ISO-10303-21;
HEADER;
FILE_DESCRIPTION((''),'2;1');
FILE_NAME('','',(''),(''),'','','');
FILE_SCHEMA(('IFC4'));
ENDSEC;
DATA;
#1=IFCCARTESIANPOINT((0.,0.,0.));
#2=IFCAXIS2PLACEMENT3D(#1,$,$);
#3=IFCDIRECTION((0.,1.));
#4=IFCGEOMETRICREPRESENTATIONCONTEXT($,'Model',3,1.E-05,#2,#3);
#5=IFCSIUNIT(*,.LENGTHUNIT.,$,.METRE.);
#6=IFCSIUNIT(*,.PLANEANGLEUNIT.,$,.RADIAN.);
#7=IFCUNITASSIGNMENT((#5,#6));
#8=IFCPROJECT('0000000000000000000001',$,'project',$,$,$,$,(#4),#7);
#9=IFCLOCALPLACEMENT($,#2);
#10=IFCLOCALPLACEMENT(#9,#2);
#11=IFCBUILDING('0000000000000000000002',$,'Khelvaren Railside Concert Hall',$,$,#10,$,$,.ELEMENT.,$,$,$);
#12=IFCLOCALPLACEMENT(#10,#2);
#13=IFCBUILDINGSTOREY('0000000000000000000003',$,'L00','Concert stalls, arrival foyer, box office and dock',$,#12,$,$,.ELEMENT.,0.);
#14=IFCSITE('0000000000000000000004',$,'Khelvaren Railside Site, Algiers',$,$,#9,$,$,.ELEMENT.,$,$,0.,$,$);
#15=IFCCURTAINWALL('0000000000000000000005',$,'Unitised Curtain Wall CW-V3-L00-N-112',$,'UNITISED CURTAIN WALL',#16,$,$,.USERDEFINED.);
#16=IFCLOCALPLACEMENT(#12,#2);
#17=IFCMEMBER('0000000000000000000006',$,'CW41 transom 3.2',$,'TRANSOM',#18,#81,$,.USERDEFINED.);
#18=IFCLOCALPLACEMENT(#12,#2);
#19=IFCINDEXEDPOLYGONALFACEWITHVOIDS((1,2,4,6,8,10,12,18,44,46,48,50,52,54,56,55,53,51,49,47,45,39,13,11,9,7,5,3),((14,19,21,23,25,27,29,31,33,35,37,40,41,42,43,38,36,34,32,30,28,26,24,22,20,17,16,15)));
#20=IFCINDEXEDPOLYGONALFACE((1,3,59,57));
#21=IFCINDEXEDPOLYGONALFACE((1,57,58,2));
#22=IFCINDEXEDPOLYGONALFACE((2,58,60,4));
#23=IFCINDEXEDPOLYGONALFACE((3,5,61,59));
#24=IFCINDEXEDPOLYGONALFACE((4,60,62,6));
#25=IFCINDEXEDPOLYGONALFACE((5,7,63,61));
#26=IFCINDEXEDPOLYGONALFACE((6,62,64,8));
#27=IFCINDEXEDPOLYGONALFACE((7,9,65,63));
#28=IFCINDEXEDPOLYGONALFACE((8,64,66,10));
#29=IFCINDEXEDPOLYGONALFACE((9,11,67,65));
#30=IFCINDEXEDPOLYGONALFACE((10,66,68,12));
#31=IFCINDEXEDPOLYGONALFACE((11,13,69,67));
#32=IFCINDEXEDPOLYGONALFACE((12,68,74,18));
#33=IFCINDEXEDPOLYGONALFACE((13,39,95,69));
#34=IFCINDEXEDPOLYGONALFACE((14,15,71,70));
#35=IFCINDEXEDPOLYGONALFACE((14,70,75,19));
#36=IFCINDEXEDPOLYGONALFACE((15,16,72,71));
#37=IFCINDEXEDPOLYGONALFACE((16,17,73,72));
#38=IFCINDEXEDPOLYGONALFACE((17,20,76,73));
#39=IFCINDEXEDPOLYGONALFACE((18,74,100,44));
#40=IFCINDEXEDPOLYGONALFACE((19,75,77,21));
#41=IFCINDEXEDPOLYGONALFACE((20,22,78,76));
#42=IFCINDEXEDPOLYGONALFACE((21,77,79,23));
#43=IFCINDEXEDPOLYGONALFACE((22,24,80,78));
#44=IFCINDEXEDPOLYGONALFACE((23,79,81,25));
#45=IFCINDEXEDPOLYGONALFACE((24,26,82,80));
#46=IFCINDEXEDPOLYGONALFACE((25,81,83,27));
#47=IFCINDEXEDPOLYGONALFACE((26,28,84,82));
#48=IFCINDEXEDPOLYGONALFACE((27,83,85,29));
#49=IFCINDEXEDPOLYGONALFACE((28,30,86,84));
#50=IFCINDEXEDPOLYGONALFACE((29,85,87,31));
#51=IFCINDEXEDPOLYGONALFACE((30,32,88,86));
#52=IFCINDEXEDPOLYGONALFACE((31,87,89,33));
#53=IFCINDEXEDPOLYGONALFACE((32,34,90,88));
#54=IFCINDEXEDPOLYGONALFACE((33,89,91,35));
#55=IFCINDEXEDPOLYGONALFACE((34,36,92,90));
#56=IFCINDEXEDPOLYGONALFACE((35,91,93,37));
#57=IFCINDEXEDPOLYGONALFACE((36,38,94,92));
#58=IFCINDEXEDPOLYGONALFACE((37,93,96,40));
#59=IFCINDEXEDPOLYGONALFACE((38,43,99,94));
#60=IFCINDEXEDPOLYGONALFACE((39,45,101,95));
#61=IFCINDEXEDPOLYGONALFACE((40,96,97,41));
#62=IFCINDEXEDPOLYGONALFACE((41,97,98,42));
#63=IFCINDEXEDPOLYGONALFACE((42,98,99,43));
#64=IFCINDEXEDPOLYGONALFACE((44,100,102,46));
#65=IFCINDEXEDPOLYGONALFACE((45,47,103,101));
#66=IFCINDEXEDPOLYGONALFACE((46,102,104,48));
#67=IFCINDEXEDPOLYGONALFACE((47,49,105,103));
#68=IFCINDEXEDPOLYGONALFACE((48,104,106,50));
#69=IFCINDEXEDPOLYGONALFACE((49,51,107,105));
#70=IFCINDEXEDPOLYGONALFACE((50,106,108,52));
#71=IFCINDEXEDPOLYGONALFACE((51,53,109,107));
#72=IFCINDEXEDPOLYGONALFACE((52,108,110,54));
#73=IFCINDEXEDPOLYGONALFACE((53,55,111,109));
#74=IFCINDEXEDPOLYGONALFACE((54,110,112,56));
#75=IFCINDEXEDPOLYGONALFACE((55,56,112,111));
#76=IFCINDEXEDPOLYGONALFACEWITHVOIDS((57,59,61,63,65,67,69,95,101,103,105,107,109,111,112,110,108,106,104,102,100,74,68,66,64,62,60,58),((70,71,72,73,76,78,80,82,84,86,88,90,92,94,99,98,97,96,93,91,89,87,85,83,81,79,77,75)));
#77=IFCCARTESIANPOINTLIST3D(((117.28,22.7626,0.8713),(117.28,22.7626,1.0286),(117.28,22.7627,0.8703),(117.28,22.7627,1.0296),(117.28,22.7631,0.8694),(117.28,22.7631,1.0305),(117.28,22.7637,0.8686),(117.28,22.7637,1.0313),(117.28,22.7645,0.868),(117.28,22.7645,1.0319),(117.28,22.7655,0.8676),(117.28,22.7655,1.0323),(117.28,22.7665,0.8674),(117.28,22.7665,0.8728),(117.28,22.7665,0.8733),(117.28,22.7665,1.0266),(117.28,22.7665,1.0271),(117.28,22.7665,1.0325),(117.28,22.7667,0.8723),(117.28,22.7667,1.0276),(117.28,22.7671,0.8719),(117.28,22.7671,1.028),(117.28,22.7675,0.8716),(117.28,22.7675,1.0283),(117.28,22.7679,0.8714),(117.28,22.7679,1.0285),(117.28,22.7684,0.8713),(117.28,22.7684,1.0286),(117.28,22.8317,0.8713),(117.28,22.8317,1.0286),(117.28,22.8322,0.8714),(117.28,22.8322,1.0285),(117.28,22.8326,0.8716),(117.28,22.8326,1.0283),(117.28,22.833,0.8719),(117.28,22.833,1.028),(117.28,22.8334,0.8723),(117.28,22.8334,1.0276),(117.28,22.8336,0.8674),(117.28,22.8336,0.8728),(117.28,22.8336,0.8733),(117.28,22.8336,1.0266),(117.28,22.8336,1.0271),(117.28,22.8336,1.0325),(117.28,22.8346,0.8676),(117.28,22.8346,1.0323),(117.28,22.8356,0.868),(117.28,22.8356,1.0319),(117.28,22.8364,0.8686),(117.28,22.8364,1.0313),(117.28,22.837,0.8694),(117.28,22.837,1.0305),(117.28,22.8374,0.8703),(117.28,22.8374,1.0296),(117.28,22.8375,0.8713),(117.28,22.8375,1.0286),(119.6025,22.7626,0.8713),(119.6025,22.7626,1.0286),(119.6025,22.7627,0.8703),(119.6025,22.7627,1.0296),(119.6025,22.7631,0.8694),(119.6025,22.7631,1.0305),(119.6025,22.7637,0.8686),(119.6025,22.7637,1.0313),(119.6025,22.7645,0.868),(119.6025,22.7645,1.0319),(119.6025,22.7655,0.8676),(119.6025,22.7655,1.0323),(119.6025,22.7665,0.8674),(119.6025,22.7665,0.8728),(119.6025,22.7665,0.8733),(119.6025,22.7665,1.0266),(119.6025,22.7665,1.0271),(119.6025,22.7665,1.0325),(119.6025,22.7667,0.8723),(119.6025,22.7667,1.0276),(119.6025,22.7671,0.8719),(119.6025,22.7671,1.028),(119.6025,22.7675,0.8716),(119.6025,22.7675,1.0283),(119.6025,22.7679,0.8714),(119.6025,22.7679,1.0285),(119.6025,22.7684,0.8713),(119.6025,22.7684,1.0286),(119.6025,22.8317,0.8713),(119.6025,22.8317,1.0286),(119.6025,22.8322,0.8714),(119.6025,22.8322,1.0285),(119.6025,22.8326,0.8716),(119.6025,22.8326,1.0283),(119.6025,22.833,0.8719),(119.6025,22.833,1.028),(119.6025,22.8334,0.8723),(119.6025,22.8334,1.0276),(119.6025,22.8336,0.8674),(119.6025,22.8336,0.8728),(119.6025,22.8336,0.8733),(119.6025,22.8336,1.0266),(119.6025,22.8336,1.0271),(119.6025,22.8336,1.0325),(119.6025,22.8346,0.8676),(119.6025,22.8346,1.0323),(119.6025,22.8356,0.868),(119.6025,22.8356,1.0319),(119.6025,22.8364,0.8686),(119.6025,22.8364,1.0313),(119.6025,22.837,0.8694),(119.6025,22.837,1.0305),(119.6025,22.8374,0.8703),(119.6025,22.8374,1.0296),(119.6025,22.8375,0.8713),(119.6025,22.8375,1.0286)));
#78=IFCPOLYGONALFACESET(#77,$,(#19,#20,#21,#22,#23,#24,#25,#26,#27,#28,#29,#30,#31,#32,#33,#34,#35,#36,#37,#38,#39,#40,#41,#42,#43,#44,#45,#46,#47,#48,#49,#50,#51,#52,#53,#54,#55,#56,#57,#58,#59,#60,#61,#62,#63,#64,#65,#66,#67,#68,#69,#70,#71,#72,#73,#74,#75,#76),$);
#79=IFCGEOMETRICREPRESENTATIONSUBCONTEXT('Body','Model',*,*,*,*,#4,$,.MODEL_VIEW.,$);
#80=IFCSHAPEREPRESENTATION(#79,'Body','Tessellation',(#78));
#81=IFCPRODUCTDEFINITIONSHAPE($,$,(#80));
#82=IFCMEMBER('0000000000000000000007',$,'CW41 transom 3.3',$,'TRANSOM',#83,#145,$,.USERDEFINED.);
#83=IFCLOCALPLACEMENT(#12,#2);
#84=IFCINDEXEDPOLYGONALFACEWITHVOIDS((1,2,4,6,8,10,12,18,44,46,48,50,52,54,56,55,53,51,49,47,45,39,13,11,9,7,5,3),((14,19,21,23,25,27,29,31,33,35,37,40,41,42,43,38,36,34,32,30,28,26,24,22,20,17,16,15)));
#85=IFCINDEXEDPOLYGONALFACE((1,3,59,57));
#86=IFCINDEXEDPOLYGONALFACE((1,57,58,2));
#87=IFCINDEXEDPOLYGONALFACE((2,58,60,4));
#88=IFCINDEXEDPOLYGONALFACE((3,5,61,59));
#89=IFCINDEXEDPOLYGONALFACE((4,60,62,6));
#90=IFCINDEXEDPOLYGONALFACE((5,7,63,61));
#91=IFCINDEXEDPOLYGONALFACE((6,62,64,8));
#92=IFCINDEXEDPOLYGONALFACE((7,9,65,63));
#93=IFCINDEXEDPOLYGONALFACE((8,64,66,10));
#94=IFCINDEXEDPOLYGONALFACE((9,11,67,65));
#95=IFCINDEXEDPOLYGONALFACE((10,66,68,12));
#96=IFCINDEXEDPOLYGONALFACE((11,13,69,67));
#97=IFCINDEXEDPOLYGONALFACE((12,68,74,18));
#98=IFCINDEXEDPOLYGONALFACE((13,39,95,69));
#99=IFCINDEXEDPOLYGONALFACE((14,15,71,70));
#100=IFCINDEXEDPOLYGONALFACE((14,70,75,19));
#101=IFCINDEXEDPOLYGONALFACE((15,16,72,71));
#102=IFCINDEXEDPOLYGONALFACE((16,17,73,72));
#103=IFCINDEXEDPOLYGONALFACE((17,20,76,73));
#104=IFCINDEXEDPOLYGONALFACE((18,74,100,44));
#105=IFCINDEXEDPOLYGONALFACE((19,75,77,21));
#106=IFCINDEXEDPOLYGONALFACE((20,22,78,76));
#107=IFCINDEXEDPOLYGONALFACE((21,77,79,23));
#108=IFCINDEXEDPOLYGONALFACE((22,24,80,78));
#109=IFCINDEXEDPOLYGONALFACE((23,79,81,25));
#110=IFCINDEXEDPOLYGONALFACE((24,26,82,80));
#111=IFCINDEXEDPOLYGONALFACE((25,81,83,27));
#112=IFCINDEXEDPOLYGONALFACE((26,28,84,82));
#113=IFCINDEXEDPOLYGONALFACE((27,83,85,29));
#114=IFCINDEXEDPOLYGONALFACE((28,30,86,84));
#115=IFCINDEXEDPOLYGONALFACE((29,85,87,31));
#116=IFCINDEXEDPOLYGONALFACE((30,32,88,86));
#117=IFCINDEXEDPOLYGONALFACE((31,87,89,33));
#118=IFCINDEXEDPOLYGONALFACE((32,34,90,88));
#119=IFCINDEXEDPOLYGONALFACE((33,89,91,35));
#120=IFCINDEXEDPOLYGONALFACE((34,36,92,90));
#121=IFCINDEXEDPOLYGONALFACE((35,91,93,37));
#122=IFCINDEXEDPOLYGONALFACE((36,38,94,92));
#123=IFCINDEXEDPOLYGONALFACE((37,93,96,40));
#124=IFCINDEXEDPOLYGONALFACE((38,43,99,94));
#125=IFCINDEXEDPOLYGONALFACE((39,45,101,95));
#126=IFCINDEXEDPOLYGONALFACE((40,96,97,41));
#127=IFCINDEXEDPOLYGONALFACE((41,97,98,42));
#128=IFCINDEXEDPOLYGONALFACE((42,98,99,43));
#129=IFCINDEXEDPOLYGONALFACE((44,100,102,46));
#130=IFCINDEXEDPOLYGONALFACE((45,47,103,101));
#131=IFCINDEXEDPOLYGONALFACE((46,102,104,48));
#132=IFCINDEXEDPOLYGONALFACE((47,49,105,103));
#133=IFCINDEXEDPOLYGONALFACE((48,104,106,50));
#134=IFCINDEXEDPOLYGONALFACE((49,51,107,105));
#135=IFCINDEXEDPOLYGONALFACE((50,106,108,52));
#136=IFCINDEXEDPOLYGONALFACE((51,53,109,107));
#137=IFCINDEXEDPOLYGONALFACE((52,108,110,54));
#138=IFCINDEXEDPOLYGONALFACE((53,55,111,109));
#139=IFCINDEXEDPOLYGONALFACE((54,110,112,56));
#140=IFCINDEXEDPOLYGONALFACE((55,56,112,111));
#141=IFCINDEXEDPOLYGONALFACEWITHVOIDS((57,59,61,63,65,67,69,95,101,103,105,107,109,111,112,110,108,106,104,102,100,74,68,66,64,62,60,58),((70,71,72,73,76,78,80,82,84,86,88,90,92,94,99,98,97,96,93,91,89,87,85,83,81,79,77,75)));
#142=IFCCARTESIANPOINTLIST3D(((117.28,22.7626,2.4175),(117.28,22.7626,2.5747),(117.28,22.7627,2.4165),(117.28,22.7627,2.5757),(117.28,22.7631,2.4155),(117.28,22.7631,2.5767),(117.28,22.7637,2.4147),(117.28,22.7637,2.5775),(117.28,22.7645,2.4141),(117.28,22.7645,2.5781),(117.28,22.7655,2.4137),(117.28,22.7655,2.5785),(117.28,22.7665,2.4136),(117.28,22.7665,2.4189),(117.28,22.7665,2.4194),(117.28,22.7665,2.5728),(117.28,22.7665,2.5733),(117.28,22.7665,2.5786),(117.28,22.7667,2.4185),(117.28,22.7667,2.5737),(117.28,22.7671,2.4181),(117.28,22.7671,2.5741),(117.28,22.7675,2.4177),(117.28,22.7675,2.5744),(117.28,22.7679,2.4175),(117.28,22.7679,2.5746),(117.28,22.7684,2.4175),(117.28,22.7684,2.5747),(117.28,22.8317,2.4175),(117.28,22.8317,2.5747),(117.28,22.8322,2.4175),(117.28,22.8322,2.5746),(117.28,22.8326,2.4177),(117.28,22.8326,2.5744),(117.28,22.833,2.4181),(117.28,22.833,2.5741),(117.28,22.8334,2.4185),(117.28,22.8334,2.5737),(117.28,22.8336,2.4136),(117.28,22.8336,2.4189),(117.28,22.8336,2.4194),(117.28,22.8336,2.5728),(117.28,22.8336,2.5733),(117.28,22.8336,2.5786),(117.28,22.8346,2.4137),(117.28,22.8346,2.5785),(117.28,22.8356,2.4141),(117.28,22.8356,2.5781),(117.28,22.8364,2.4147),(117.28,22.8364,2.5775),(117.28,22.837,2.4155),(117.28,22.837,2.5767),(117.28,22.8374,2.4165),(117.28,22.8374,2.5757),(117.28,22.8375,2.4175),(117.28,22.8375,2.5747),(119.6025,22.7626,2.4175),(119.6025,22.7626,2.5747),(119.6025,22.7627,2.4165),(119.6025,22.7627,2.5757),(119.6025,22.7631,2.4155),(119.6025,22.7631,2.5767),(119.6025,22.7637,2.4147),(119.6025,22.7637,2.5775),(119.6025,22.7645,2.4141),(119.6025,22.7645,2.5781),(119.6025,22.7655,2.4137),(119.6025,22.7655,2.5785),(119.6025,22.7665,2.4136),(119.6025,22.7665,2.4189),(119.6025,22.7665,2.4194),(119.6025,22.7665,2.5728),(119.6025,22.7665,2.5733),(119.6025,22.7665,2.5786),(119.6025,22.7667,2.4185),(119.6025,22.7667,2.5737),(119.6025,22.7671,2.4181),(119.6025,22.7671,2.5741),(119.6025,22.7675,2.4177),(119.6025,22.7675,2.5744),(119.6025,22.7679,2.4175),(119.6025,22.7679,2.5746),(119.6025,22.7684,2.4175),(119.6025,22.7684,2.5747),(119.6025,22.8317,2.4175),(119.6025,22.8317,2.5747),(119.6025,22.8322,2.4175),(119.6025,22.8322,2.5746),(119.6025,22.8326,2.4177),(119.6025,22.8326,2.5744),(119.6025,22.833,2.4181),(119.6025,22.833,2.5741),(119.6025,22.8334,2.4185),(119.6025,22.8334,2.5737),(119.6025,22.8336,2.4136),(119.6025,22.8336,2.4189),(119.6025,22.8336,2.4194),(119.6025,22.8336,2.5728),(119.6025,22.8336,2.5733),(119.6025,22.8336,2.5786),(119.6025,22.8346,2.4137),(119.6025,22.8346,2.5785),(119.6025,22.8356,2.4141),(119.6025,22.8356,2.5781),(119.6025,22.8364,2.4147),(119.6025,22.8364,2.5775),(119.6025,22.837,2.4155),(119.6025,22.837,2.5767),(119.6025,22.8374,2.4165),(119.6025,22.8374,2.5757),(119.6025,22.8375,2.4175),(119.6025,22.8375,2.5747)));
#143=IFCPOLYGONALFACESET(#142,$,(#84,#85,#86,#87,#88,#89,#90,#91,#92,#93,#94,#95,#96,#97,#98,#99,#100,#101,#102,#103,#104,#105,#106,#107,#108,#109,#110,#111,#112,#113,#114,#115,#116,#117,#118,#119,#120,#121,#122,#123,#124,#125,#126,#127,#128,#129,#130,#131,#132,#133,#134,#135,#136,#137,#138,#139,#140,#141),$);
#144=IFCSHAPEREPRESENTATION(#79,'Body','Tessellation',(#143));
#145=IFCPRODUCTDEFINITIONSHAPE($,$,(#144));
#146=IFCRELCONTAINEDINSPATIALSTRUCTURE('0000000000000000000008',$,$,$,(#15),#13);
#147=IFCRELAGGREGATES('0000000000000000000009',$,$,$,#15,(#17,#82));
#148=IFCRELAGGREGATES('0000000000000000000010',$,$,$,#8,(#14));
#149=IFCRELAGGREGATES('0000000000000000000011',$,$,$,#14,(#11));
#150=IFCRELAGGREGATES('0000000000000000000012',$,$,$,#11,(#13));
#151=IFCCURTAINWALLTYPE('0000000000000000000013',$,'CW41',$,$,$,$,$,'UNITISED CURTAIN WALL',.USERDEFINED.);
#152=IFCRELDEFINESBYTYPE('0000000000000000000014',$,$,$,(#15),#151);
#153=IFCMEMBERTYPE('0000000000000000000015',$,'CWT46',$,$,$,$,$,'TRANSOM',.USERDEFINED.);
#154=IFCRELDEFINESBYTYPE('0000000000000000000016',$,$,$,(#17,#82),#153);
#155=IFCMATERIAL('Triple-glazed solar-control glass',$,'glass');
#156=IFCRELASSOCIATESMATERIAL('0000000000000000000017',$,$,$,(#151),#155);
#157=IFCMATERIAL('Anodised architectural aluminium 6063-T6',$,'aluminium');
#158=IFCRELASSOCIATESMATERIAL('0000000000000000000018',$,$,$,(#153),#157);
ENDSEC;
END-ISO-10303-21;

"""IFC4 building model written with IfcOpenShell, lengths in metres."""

from ifc_helpers import new_model, si_unit, direction, frame, origin, origin_2d, place, context, subcontext, project, spatial, hollow_rectangle, extrude, material, material_profile, profile_set, type_object, element, aggregate, save


model = new_model("IFC4")

# Units and contexts
model_context = context("Model", 3, precision=1e-05, world=origin(), true_north=direction((0.0, 1.0)))
body_context = subcontext(model_context, "Body", "Model", "MODEL_VIEW")
ifc_project = project(units=[si_unit("LENGTHUNIT", "METRE"), si_unit("PLANEANGLEUNIT", "RADIAN")], contexts=[model_context])

# Site, building, storey
site_placement = place(None, origin())
site = spatial("IfcSite", under=ifc_project, at=site_placement, Name="Khelvaren Railside Site, Algiers", CompositionType="ELEMENT", RefElevation=0.0)
building_placement = place(site_placement, origin())
building = spatial("IfcBuilding", under=site, at=building_placement, Name="Khelvaren Railside Concert Hall", CompositionType="ELEMENT")
storey_placement = place(building_placement, origin())
storey = spatial("IfcBuildingStorey", under=building, at=storey_placement, Name="L00", Description="Concert stalls, arrival foyer, box office and dock", CompositionType="ELEMENT", Elevation=0.0)

# Curtain wall
ifc_material_1 = material(Name="Triple-glazed solar-control glass", Category="glass")
curtain_wall_type_1 = type_object("IfcCurtainWallType", Name="CW41", ElementType="UNITISED CURTAIN WALL", PredefinedType="USERDEFINED", material=ifc_material_1)
curtain_wall_1_placement = place(storey_placement, origin())
curtain_wall_1 = element("IfcCurtainWall", 1, at=curtain_wall_1_placement, inside=storey, type_object=curtain_wall_type_1, Name="Unitised Curtain Wall CW-V3-L00-N-112", ObjectType="UNITISED CURTAIN WALL", PredefinedType="USERDEFINED")
ifc_material_2 = material(Name="Anodised architectural aluminium 6063-T6", Category="aluminium")

# Members
ifc_material_profile_1 = material_profile(ifc_material_2, hollow_rectangle(XDim=0.075, YDim=0.165, WallThickness=0.0039, InnerFilletRadius=0.002, OuterFilletRadius=0.0039, at=origin_2d()), Name="CWT 75x165x4")
ifc_profile_set_1 = profile_set([ifc_material_profile_1], Name="Anodised architectural aluminium 6063-T6")
member_type_1 = type_object("IfcMemberType", Name="CWT46", ElementType="TRANSOM", PredefinedType="USERDEFINED", material=ifc_profile_set_1)
member_1_placement = place(storey_placement, frame((117.28, 22.8, 0.95), z_axis=(1.0, 0.0, 0.0), x_axis=(0.0, 1.0, 0.0)))
member_1 = element("IfcMember", 2, at=member_1_placement, type_object=member_type_1, Name="CW41 transom 3.2", ObjectType="TRANSOM", PredefinedType="USERDEFINED", context=body_context, shape_type="SweptSolid", body=[
    extrude(hollow_rectangle(XDim=0.075, YDim=0.165, WallThickness=0.0039, InnerFilletRadius=0.002, OuterFilletRadius=0.0039, at=origin_2d()), origin(), (0.0, 0.0, 1.0), 2.3225),
])
member_2_placement = place(storey_placement, frame((117.28, 22.8, 2.4961), z_axis=(1.0, 0.0, 0.0), x_axis=(0.0, 1.0, 0.0)))
member_2 = element("IfcMember", 3, at=member_2_placement, type_object=member_type_1, Name="CW41 transom 3.3", ObjectType="TRANSOM", PredefinedType="USERDEFINED", context=body_context, shape_type="SweptSolid", body=[
    extrude(hollow_rectangle(XDim=0.075, YDim=0.165, WallThickness=0.0039, InnerFilletRadius=0.002, OuterFilletRadius=0.0039, at=origin_2d()), origin(), (0.0, 0.0, 1.0), 2.3225),
])

aggregate(curtain_wall_1, [member_1, member_2])

save(model, "model.ifc")
